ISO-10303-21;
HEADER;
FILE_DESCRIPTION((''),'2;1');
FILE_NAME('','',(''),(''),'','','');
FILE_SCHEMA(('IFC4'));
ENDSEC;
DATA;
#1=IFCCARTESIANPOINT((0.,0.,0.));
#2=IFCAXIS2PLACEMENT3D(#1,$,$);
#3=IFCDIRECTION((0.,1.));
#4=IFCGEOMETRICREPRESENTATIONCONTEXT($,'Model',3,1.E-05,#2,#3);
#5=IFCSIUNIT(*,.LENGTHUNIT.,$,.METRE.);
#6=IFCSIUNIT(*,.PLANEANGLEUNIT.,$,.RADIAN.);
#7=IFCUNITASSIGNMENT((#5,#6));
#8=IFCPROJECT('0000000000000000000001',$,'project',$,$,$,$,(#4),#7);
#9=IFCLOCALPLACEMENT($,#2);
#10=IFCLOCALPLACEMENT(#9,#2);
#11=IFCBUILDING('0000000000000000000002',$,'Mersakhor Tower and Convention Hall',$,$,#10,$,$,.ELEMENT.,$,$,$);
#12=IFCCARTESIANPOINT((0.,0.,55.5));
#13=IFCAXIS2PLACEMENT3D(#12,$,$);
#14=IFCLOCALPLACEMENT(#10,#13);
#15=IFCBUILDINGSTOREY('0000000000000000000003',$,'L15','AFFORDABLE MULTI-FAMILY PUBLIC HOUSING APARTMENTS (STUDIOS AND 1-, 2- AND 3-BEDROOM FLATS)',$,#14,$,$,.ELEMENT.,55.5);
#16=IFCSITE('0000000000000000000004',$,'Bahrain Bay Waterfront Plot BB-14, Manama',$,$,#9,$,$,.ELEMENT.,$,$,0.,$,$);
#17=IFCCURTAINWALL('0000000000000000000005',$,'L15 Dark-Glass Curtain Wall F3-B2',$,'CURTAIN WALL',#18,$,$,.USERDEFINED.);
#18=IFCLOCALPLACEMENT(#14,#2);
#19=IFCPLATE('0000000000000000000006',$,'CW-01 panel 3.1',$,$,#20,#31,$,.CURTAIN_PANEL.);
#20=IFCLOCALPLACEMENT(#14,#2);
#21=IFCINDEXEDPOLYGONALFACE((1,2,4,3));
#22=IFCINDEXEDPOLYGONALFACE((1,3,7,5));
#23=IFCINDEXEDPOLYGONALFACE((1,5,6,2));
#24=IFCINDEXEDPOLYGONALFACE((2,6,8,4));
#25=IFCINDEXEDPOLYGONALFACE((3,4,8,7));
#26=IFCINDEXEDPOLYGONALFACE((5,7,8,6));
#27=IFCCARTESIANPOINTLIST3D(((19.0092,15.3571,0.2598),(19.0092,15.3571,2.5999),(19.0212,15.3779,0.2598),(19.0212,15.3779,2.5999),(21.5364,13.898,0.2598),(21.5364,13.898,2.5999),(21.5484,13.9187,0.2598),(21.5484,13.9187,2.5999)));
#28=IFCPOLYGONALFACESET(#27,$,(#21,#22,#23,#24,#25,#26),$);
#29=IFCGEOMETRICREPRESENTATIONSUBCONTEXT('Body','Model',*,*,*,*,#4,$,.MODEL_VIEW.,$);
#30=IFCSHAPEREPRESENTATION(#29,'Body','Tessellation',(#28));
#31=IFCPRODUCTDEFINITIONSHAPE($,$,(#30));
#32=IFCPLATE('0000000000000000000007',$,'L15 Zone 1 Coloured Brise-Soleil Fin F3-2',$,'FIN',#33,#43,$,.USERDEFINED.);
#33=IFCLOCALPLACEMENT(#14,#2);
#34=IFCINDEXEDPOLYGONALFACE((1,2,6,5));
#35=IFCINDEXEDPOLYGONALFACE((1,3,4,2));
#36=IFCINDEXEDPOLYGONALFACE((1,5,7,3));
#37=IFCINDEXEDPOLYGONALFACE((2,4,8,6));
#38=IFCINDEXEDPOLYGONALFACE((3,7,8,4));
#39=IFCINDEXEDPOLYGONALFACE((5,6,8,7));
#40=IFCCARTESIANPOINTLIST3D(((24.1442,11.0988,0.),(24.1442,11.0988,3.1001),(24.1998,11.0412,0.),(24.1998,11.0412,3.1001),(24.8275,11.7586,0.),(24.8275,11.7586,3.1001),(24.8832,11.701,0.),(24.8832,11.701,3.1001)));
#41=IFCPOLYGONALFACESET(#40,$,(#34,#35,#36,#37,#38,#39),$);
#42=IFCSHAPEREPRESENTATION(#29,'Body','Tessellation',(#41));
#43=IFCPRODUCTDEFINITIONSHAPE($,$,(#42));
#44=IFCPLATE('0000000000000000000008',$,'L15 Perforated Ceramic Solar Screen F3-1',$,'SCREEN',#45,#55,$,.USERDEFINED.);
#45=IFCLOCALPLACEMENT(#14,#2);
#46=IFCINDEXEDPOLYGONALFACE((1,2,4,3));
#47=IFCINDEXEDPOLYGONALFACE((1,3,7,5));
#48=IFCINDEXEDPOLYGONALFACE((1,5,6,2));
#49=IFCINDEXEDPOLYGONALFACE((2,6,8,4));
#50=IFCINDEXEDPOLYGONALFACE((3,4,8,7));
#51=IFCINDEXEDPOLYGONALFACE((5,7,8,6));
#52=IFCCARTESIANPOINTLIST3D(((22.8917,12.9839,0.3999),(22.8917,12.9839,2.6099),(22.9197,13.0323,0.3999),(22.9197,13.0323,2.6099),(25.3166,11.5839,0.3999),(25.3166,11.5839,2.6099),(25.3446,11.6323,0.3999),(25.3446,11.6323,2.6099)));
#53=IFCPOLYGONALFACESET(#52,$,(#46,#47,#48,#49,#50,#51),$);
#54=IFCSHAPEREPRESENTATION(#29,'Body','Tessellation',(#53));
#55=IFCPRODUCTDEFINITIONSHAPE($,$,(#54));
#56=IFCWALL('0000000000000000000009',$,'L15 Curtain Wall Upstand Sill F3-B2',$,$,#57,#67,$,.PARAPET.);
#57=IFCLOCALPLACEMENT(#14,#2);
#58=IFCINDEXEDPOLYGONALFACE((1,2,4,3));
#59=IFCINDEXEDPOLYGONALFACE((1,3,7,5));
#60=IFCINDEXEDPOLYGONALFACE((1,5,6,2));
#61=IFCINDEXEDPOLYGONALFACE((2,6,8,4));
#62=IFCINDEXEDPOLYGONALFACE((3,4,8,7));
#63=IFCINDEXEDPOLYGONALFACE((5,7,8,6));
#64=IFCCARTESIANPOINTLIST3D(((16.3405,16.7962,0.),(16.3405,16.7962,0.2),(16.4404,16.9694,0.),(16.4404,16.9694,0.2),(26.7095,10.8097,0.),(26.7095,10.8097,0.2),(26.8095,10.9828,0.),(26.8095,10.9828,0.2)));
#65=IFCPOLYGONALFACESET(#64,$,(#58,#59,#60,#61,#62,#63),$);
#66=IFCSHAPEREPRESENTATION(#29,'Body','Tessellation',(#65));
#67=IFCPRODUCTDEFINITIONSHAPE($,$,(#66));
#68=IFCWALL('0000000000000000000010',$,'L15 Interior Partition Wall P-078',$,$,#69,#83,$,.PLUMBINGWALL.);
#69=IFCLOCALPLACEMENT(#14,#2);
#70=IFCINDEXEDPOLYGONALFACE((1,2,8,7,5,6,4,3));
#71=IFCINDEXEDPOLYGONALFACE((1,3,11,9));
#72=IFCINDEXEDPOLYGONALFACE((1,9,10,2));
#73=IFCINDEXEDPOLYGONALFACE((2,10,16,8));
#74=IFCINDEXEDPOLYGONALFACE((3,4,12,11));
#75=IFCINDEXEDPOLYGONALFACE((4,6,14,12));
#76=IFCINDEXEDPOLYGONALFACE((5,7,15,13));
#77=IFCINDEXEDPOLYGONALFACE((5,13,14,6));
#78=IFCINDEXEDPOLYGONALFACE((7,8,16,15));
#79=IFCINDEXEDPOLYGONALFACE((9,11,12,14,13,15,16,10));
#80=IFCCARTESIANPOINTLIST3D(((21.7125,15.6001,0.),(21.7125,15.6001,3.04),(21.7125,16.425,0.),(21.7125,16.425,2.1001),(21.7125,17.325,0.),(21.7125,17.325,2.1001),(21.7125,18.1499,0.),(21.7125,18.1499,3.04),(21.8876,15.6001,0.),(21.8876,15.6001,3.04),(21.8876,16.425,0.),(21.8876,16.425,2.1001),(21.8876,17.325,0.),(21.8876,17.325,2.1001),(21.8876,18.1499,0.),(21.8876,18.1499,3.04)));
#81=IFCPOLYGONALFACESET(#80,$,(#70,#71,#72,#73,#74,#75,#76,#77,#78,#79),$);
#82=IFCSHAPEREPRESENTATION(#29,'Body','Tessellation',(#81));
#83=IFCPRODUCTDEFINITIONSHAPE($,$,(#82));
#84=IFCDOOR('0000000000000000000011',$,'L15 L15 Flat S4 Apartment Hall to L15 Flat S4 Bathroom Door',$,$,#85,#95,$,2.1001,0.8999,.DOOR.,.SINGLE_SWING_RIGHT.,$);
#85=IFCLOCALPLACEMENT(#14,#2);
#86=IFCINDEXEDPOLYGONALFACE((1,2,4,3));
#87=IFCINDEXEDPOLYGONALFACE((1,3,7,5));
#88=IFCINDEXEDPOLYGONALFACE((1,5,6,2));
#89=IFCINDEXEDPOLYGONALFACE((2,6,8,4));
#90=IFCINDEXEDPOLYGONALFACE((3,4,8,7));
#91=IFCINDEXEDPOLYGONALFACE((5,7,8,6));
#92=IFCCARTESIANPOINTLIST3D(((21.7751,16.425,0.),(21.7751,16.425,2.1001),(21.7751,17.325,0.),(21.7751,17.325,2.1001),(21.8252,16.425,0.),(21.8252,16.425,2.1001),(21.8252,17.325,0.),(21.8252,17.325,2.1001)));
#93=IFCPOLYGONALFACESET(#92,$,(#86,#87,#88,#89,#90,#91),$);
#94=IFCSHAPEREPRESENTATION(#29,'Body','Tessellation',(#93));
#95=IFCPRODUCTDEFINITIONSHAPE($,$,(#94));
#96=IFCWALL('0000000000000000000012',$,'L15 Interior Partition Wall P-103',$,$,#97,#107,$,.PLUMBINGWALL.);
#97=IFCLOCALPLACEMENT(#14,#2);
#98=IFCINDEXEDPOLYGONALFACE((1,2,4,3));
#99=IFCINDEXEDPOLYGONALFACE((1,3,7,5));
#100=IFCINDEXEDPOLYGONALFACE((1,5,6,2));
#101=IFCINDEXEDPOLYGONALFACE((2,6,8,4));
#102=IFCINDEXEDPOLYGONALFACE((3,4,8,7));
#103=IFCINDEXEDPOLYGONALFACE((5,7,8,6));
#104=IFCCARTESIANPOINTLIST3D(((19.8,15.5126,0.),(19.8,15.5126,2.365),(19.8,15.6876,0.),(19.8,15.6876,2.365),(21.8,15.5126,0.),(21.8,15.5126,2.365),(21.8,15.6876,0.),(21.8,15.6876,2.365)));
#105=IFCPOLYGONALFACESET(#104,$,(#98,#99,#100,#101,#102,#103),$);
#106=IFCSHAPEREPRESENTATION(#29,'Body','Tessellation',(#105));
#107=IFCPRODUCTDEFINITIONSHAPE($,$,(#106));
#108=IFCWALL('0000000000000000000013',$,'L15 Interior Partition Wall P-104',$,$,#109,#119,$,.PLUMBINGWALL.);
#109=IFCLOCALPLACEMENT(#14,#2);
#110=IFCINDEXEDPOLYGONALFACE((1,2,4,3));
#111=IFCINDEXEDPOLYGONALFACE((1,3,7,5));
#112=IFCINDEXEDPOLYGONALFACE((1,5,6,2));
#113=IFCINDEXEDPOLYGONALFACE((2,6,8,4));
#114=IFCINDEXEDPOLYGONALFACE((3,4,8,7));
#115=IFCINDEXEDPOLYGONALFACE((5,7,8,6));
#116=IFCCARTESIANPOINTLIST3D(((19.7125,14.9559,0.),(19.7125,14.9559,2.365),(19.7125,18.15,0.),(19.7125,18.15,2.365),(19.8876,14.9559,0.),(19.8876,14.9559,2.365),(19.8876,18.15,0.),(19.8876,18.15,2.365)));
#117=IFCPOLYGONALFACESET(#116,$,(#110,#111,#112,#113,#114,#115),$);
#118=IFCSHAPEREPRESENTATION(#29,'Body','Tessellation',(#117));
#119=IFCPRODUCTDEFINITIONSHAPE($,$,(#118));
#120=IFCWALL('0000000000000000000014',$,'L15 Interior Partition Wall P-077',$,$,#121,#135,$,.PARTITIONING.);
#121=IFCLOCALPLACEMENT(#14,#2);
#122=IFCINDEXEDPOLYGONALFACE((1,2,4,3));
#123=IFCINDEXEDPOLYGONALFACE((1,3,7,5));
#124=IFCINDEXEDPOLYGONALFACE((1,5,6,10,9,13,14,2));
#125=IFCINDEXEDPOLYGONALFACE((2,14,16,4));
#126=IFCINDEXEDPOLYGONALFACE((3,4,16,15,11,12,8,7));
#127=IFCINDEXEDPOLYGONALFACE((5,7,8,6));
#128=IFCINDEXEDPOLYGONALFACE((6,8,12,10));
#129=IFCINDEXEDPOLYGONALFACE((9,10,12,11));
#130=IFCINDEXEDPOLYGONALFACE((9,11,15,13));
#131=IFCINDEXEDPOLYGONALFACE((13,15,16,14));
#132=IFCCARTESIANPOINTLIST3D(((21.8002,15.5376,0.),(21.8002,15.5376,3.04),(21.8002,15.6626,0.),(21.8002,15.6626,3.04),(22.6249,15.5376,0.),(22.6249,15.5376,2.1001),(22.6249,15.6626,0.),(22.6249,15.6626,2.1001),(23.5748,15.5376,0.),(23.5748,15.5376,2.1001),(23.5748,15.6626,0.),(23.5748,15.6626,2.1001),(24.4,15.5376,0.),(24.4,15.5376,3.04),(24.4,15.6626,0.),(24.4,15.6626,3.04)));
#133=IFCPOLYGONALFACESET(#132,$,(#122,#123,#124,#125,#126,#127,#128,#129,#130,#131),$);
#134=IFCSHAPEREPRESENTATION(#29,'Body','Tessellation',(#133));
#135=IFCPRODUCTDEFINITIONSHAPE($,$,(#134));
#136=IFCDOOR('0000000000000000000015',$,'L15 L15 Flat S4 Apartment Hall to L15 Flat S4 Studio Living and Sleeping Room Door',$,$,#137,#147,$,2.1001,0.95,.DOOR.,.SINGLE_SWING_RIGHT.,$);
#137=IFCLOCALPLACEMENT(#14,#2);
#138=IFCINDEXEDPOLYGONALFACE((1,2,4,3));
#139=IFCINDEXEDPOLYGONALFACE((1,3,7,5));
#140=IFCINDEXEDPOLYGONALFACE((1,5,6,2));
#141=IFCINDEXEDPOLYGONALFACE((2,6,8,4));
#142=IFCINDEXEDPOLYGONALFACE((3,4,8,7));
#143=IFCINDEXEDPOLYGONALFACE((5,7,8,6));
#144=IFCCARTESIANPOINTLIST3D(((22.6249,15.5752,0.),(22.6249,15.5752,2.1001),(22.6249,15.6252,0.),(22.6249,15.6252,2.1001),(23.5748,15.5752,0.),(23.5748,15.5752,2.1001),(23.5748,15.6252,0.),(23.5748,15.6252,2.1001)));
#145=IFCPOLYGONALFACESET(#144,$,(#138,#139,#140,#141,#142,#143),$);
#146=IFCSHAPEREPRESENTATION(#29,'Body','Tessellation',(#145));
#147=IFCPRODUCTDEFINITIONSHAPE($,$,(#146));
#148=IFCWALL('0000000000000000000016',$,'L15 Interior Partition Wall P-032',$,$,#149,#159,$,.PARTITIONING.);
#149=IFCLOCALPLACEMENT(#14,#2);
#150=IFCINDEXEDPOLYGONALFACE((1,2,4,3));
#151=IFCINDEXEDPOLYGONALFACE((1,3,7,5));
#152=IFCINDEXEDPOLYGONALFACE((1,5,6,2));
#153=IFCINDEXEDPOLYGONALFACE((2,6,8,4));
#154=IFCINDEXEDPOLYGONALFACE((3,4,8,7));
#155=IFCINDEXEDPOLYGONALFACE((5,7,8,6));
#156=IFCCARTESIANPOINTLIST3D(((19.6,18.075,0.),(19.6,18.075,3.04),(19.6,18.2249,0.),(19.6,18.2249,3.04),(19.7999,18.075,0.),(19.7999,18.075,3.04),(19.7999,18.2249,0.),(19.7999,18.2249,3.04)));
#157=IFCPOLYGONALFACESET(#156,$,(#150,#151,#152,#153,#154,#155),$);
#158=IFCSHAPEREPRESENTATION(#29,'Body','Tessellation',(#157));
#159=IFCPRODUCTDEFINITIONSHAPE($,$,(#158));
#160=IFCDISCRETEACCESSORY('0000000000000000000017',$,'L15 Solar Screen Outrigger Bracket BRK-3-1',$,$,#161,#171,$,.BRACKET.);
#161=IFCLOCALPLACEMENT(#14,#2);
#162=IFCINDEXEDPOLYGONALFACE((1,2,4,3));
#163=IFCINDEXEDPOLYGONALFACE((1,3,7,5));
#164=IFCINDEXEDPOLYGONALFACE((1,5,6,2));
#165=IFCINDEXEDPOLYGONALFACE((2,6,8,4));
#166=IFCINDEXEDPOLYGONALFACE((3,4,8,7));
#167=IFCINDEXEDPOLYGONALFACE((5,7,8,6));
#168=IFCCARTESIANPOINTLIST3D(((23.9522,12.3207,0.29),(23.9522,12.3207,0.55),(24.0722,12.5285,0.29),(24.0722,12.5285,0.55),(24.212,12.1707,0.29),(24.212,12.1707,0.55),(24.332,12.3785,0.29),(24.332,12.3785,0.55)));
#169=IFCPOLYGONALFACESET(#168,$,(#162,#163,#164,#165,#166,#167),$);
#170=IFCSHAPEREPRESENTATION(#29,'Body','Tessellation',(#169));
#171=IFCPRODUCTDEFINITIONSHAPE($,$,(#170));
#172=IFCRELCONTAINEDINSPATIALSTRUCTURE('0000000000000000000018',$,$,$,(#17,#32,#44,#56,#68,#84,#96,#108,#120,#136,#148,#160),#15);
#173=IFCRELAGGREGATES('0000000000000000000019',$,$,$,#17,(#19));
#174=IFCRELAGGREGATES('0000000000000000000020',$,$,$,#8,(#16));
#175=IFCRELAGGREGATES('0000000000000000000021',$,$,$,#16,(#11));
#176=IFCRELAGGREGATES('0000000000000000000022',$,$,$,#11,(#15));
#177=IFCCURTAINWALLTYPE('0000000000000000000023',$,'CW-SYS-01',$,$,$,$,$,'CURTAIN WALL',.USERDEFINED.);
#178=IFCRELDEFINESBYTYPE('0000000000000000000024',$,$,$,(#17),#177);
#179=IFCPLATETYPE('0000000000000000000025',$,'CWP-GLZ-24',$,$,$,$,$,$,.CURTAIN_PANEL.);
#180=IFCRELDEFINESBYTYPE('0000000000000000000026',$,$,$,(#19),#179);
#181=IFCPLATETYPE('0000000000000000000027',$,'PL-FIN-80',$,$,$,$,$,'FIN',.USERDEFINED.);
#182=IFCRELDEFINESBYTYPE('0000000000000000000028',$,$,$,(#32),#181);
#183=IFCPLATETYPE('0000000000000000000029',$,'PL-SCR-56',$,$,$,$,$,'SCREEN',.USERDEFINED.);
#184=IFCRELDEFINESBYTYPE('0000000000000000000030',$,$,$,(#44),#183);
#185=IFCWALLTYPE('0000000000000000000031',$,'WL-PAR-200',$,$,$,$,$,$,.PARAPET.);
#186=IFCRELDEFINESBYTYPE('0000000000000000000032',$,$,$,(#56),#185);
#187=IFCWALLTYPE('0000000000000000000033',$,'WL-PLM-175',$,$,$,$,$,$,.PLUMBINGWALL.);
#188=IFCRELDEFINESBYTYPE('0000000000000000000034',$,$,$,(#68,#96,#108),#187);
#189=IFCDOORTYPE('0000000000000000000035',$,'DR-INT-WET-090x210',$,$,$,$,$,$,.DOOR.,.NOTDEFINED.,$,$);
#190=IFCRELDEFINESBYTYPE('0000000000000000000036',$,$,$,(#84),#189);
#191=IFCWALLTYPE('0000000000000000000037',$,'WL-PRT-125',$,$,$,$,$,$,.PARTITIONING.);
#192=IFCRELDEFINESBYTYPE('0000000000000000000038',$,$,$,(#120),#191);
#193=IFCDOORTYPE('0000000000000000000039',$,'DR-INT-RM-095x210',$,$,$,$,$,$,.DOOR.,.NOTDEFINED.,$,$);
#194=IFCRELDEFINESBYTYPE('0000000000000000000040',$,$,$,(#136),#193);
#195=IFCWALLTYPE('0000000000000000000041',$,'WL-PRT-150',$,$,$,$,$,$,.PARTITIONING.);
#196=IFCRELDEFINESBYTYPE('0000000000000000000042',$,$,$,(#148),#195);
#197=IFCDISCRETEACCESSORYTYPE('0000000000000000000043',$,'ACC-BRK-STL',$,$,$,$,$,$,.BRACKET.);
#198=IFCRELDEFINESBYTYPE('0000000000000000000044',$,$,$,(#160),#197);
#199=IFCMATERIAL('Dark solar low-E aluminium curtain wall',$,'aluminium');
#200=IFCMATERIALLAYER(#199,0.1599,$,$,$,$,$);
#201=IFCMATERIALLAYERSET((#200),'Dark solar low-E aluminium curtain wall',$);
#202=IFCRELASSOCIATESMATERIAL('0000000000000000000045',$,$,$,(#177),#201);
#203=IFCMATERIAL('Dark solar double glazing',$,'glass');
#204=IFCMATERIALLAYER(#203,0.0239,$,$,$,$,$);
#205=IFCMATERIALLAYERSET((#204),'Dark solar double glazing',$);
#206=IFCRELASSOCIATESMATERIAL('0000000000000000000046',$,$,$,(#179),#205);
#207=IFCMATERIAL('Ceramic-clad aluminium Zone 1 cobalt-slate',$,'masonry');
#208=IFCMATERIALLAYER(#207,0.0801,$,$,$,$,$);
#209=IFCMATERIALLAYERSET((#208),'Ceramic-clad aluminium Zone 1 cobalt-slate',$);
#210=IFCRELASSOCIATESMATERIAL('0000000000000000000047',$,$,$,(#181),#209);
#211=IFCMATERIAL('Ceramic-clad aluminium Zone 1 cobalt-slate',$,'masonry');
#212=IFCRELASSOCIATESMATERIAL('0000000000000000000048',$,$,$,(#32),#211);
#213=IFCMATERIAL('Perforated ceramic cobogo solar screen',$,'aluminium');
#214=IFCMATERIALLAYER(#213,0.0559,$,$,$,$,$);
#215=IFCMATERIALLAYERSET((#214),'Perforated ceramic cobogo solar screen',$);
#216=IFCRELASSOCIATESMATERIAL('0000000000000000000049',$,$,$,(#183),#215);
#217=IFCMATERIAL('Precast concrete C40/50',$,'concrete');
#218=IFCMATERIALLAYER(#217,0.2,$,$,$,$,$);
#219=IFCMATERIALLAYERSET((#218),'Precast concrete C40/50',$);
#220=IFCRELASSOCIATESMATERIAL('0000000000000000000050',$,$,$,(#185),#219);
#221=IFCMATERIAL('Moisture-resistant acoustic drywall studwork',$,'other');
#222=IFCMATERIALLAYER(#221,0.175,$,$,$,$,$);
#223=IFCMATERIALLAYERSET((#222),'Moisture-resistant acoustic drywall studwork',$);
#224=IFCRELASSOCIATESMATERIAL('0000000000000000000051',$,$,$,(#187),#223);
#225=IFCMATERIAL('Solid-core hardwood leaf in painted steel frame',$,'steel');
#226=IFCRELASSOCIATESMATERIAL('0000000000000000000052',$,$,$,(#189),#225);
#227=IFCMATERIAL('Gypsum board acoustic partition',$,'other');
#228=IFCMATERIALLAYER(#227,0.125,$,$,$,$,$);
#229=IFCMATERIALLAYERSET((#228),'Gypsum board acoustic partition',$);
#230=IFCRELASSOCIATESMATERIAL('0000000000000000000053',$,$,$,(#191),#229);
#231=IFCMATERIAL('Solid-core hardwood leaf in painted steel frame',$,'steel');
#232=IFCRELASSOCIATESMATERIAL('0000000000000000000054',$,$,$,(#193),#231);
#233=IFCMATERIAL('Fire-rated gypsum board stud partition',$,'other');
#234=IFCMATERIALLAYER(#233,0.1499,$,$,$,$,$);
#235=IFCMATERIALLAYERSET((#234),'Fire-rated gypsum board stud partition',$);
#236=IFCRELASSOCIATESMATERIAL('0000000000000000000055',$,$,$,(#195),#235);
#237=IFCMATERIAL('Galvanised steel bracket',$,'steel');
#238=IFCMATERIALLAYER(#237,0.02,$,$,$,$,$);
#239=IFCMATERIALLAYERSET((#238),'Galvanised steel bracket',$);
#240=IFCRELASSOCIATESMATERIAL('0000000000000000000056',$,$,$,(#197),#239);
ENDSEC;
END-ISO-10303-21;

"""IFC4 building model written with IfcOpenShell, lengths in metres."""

from ifc_helpers import new_model, si_unit, direction, frame, frame_2d, origin, origin_2d, place, context, subcontext, project, spatial, rectangle, extrude, material, layer, layer_set, type_object, element, fill, aggregate, save


model = new_model("IFC4")

# Units and contexts
model_context = context("Model", 3, precision=1e-05, world=origin(), true_north=direction((0.0, 1.0)))
body_context = subcontext(model_context, "Body", "Model", "MODEL_VIEW")
ifc_project = project(units=[si_unit("LENGTHUNIT", "METRE"), si_unit("PLANEANGLEUNIT", "RADIAN")], contexts=[model_context])

# Site, building, storey
site_placement = place(None, origin())
site = spatial("IfcSite", under=ifc_project, at=site_placement, Name="Bahrain Bay Waterfront Plot BB-14, Manama", CompositionType="ELEMENT", RefElevation=0.0)
building_placement = place(site_placement, origin())
building = spatial("IfcBuilding", under=site, at=building_placement, Name="Mersakhor Tower and Convention Hall", CompositionType="ELEMENT")
storey_placement = place(building_placement, frame((0.0, 0.0, 55.5)))
storey = spatial("IfcBuildingStorey", under=building, at=storey_placement, Name="L15", Description="AFFORDABLE MULTI-FAMILY PUBLIC HOUSING APARTMENTS (STUDIOS AND 1-, 2- AND 3-BEDROOM FLATS)", CompositionType="ELEMENT", Elevation=55.5)

# Curtain wall, plate
ifc_material_1 = material(Name="Dark solar low-E aluminium curtain wall", Category="aluminium")
ifc_layer_1 = layer(ifc_material_1, 0.1599)
ifc_layer_set_1 = layer_set([ifc_layer_1], Name="Dark solar low-E aluminium curtain wall")
curtain_wall_type = type_object("IfcCurtainWallType", Name="CW-SYS-01", ElementType="CURTAIN WALL", PredefinedType="USERDEFINED", material=ifc_layer_set_1)
curtain_wall_placement = place(storey_placement, origin())
curtain_wall = element("IfcCurtainWall", 1, at=curtain_wall_placement, inside=storey, type_object=curtain_wall_type, Name="L15 Dark-Glass Curtain Wall F3-B2", ObjectType="CURTAIN WALL", PredefinedType="USERDEFINED")
ifc_material_2 = material(Name="Dark solar double glazing", Category="glass")
ifc_layer_2 = layer(ifc_material_2, 0.0239)
ifc_layer_set_2 = layer_set([ifc_layer_2], Name="Dark solar double glazing")
plate_type_1 = type_object("IfcPlateType", Name="CWP-GLZ-24", PredefinedType="CURTAIN_PANEL", material=ifc_layer_set_2)
plate_1_placement = place(storey_placement, frame((20.2788, 14.6379, 0.2598), z_axis=(0.0, 0.0, 1.0), x_axis=(-0.866023, 0.500003, 0.0)))
plate_1 = element("IfcPlate", 2, at=plate_1_placement, type_object=plate_type_1, Name="CW-01 panel 3.1", PredefinedType="CURTAIN_PANEL", context=body_context, shape_type="SweptSolid", body=[
    extrude(rectangle(XDim=2.9182, YDim=0.0239, at=origin_2d()), origin(), (0.0, 0.0, 1.0), 2.3401),
])
aggregate(curtain_wall, [plate_1])

# Plates
ifc_material_3 = material(Name="Ceramic-clad aluminium Zone 1 cobalt-slate", Category="masonry")
ifc_material_4 = material(Name="Ceramic-clad aluminium Zone 1 cobalt-slate", Category="masonry")
ifc_layer_3 = layer(ifc_material_4, 0.0801)
ifc_layer_set_3 = layer_set([ifc_layer_3], Name="Ceramic-clad aluminium Zone 1 cobalt-slate")
plate_type_2 = type_object("IfcPlateType", Name="PL-FIN-80", ElementType="FIN", PredefinedType="USERDEFINED", material=ifc_layer_set_3)
plate_2_placement = place(storey_placement, frame((24.5137, 11.3999, 0.0), z_axis=(0.0, 0.0, 1.0), x_axis=(-0.71934, -0.694658, 0.0)))
element("IfcPlate", 3, at=plate_2_placement, inside=storey, type_object=plate_type_2, material=ifc_material_3, Name="L15 Zone 1 Coloured Brise-Soleil Fin F3-2", ObjectType="FIN", PredefinedType="USERDEFINED", context=body_context, shape_type="SweptSolid", body=[
    extrude(rectangle(XDim=0.95, YDim=0.0801, at=origin_2d()), origin(), (0.0, 0.0, 1.0), 3.1001),
])
ifc_material_5 = material(Name="Perforated ceramic cobogo solar screen", Category="aluminium")
ifc_layer_4 = layer(ifc_material_5, 0.0559)
ifc_layer_set_4 = layer_set([ifc_layer_4], Name="Perforated ceramic cobogo solar screen")
plate_type_3 = type_object("IfcPlateType", Name="PL-SCR-56", ElementType="SCREEN", PredefinedType="USERDEFINED", material=ifc_layer_set_4)
plate_3_placement = place(storey_placement, frame((24.1182, 12.3081, 0.3999), z_axis=(0.0, 0.0, 1.0), x_axis=(-0.866025, 0.5, 0.0)))
element("IfcPlate", 4, at=plate_3_placement, inside=storey, type_object=plate_type_3, Name="L15 Perforated Ceramic Solar Screen F3-1", ObjectType="SCREEN", PredefinedType="USERDEFINED", context=body_context, shape_type="SweptSolid", body=[
    extrude(rectangle(XDim=2.8, YDim=0.0559, at=origin_2d()), origin(), (0.0, 0.0, 1.0), 2.21),
])

# Wall
ifc_material_6 = material(Name="Precast concrete C40/50", Category="concrete")
ifc_layer_5 = layer(ifc_material_6, 0.2)
ifc_layer_set_5 = layer_set([ifc_layer_5], Name="Precast concrete C40/50")
wall_type_1 = type_object("IfcWallType", Name="WL-PAR-200", PredefinedType="PARAPET", material=ifc_layer_set_5)
wall_1_placement = place(storey_placement, frame((26.7595, 10.8962, 0.0), z_axis=(0.0, 0.0, 1.0), x_axis=(-0.866027, 0.499997, 0.0)))
element("IfcWall", 5, at=wall_1_placement, inside=storey, type_object=wall_type_1, Name="L15 Curtain Wall Upstand Sill F3-B2", PredefinedType="PARAPET", context=body_context, shape_type="SweptSolid", body=[
    extrude(rectangle(XDim=11.9731, YDim=0.2, at=frame_2d((5.9866, 0.0))), origin(), (0.0, 0.0, 1.0), 0.2),
])

# Wall, opening, door
ifc_material_7 = material(Name="Moisture-resistant acoustic drywall studwork", Category="other")
ifc_layer_6 = layer(ifc_material_7, 0.175)
ifc_layer_set_6 = layer_set([ifc_layer_6], Name="Moisture-resistant acoustic drywall studwork")
wall_type_2 = type_object("IfcWallType", Name="WL-PLM-175", PredefinedType="PLUMBINGWALL", material=ifc_layer_set_6)
wall_2_placement = place(storey_placement, frame((21.8, 15.6001, 0.0), z_axis=(0.0, 0.0, 1.0), x_axis=(0.0, 1.0, 0.0)))
wall_2 = element("IfcWall", 6, at=wall_2_placement, inside=storey, type_object=wall_type_2, Name="L15 Interior Partition Wall P-078", PredefinedType="PLUMBINGWALL", context=body_context, shape_type="SweptSolid", body=[
    extrude(rectangle(XDim=2.5498, YDim=0.175, at=frame_2d((1.2749, 0.0))), origin(), (0.0, 0.0, 1.0), 3.04),
])
opening_1_placement = place(wall_2_placement, frame((0.825, 0.0, 0.0)))
opening_1 = element("IfcOpeningElement", 7, at=opening_1_placement, cuts=wall_2, PredefinedType="OPENING", context=body_context, shape_type="SweptSolid", body=[
    extrude(rectangle(XDim=0.8999, YDim=2.1001, at=frame_2d((0.45, 1.05))), frame((0.0, 0.0974, 0.0), z_axis=(0.0, -1.0, 0.0), x_axis=(1.0, 0.0, 0.0)), (0.0, 0.0, 1.0), 0.1951),
])
ifc_material_8 = material(Name="Solid-core hardwood leaf in painted steel frame", Category="steel")
door_type_1 = type_object("IfcDoorType", Name="DR-INT-WET-090x210", OperationType="NOTDEFINED", PredefinedType="DOOR", material=ifc_material_8)
door_1_placement = place(opening_1_placement, origin())
door_1 = element("IfcDoor", 8, at=door_1_placement, inside=storey, type_object=door_type_1, Name="L15 L15 Flat S4 Apartment Hall to L15 Flat S4 Bathroom Door", OperationType="SINGLE_SWING_RIGHT", OverallHeight=2.1001, OverallWidth=0.8999, PredefinedType="DOOR", context=body_context, shape_type="SweptSolid", body=[
    extrude(rectangle(XDim=0.8999, YDim=2.1001, at=frame_2d((0.45, 1.05))), frame((0.0, 0.0249, 0.0), z_axis=(0.0, -1.0, 0.0), x_axis=(1.0, 0.0, 0.0)), (0.0, 0.0, 1.0), 0.05),
])
fill(opening_1, door_1)

# Walls
wall_3_placement = place(storey_placement, frame((21.8, 15.6001, 0.0), z_axis=(0.0, 0.0, 1.0), x_axis=(-1.0, 0.0, 0.0)))
element("IfcWall", 9, at=wall_3_placement, inside=storey, type_object=wall_type_2, Name="L15 Interior Partition Wall P-103", PredefinedType="PLUMBINGWALL", context=body_context, shape_type="SweptSolid", body=[
    extrude(rectangle(XDim=2.0, YDim=0.175, at=frame_2d((1.0, 0.0))), origin(), (0.0, 0.0, 1.0), 2.365),
])
wall_4_placement = place(storey_placement, frame((19.8, 14.9558, 0.0), z_axis=(0.0, 0.0, 1.0), x_axis=(0.0, 1.0, 0.0)))
element("IfcWall", 10, at=wall_4_placement, inside=storey, type_object=wall_type_2, Name="L15 Interior Partition Wall P-104", PredefinedType="PLUMBINGWALL", context=body_context, shape_type="SweptSolid", body=[
    extrude(rectangle(XDim=3.1941, YDim=0.175, at=frame_2d((1.5972, 0.0))), origin(), (0.0, 0.0, 1.0), 2.365),
])

# Wall, opening, door
ifc_material_9 = material(Name="Gypsum board acoustic partition", Category="other")
ifc_layer_7 = layer(ifc_material_9, 0.125)
ifc_layer_set_7 = layer_set([ifc_layer_7], Name="Gypsum board acoustic partition")
wall_type_3 = type_object("IfcWallType", Name="WL-PRT-125", PredefinedType="PARTITIONING", material=ifc_layer_set_7)
wall_5_placement = place(storey_placement, frame((24.3999, 15.6001, 0.0), z_axis=(0.0, 0.0, 1.0), x_axis=(-1.0, 0.0, 0.0)))
wall_5 = element("IfcWall", 11, at=wall_5_placement, inside=storey, type_object=wall_type_3, Name="L15 Interior Partition Wall P-077", PredefinedType="PARTITIONING", context=body_context, shape_type="SweptSolid", body=[
    extrude(rectangle(XDim=2.5999, YDim=0.125, at=frame_2d((1.2998, 0.0))), origin(), (0.0, 0.0, 1.0), 3.04),
])
opening_2_placement = place(wall_5_placement, frame((0.825, 0.0, 0.0)))
opening_2 = element("IfcOpeningElement", 12, at=opening_2_placement, cuts=wall_5, PredefinedType="OPENING", context=body_context, shape_type="SweptSolid", body=[
    extrude(rectangle(XDim=0.95, YDim=2.1001, at=frame_2d((0.4751, 1.05))), frame((0.0, 0.0725, 0.0), z_axis=(0.0, -1.0, 0.0), x_axis=(1.0, 0.0, 0.0)), (0.0, 0.0, 1.0), 0.145),
])
ifc_material_10 = material(Name="Solid-core hardwood leaf in painted steel frame", Category="steel")
door_type_2 = type_object("IfcDoorType", Name="DR-INT-RM-095x210", OperationType="NOTDEFINED", PredefinedType="DOOR", material=ifc_material_10)
door_2_placement = place(opening_2_placement, origin())
door_2 = element("IfcDoor", 13, at=door_2_placement, inside=storey, type_object=door_type_2, Name="L15 L15 Flat S4 Apartment Hall to L15 Flat S4 Studio Living and Sleeping Room Door", OperationType="SINGLE_SWING_RIGHT", OverallHeight=2.1001, OverallWidth=0.95, PredefinedType="DOOR", context=body_context, shape_type="SweptSolid", body=[
    extrude(rectangle(XDim=0.95, YDim=2.1001, at=frame_2d((0.4751, 1.05))), frame((0.0, 0.0249, 0.0), z_axis=(0.0, -1.0, 0.0), x_axis=(1.0, 0.0, 0.0)), (0.0, 0.0, 1.0), 0.05),
])
fill(opening_2, door_2)

# Wall
ifc_material_11 = material(Name="Fire-rated gypsum board stud partition", Category="other")
ifc_layer_8 = layer(ifc_material_11, 0.1499)
ifc_layer_set_8 = layer_set([ifc_layer_8], Name="Fire-rated gypsum board stud partition")
wall_type_4 = type_object("IfcWallType", Name="WL-PRT-150", PredefinedType="PARTITIONING", material=ifc_layer_set_8)
wall_6_placement = place(storey_placement, frame((19.8, 18.1499, 0.0), z_axis=(0.0, 0.0, 1.0), x_axis=(-1.0, 0.0, 0.0)))
element("IfcWall", 14, at=wall_6_placement, inside=storey, type_object=wall_type_4, Name="L15 Interior Partition Wall P-032", PredefinedType="PARTITIONING", context=body_context, shape_type="SweptSolid", body=[
    extrude(rectangle(XDim=0.2, YDim=0.1499, at=frame_2d((0.1001, 0.0))), origin(), (0.0, 0.0, 1.0), 3.04),
])

# Discrete accessory
ifc_material_12 = material(Name="Galvanised steel bracket", Category="steel")
ifc_layer_9 = layer(ifc_material_12, 0.02)
ifc_layer_set_9 = layer_set([ifc_layer_9], Name="Galvanised steel bracket")
discrete_accessory_type = type_object("IfcDiscreteAccessoryType", Name="ACC-BRK-STL", PredefinedType="BRACKET", material=ifc_layer_set_9)
discrete_accessory_1_placement = place(storey_placement, frame((24.1421, 12.3496, 0.29), z_axis=(0.0, 0.0, 1.0), x_axis=(-0.866025, 0.5, 0.0)))
element("IfcDiscreteAccessory", 15, at=discrete_accessory_1_placement, inside=storey, type_object=discrete_accessory_type, Name="L15 Solar Screen Outrigger Bracket BRK-3-1", PredefinedType="BRACKET", context=body_context, shape_type="SweptSolid", body=[
    extrude(rectangle(XDim=0.3, YDim=0.24, at=origin_2d()), origin(), (0.0, 0.0, 1.0), 0.26),
])

save(model, "model.ifc")
